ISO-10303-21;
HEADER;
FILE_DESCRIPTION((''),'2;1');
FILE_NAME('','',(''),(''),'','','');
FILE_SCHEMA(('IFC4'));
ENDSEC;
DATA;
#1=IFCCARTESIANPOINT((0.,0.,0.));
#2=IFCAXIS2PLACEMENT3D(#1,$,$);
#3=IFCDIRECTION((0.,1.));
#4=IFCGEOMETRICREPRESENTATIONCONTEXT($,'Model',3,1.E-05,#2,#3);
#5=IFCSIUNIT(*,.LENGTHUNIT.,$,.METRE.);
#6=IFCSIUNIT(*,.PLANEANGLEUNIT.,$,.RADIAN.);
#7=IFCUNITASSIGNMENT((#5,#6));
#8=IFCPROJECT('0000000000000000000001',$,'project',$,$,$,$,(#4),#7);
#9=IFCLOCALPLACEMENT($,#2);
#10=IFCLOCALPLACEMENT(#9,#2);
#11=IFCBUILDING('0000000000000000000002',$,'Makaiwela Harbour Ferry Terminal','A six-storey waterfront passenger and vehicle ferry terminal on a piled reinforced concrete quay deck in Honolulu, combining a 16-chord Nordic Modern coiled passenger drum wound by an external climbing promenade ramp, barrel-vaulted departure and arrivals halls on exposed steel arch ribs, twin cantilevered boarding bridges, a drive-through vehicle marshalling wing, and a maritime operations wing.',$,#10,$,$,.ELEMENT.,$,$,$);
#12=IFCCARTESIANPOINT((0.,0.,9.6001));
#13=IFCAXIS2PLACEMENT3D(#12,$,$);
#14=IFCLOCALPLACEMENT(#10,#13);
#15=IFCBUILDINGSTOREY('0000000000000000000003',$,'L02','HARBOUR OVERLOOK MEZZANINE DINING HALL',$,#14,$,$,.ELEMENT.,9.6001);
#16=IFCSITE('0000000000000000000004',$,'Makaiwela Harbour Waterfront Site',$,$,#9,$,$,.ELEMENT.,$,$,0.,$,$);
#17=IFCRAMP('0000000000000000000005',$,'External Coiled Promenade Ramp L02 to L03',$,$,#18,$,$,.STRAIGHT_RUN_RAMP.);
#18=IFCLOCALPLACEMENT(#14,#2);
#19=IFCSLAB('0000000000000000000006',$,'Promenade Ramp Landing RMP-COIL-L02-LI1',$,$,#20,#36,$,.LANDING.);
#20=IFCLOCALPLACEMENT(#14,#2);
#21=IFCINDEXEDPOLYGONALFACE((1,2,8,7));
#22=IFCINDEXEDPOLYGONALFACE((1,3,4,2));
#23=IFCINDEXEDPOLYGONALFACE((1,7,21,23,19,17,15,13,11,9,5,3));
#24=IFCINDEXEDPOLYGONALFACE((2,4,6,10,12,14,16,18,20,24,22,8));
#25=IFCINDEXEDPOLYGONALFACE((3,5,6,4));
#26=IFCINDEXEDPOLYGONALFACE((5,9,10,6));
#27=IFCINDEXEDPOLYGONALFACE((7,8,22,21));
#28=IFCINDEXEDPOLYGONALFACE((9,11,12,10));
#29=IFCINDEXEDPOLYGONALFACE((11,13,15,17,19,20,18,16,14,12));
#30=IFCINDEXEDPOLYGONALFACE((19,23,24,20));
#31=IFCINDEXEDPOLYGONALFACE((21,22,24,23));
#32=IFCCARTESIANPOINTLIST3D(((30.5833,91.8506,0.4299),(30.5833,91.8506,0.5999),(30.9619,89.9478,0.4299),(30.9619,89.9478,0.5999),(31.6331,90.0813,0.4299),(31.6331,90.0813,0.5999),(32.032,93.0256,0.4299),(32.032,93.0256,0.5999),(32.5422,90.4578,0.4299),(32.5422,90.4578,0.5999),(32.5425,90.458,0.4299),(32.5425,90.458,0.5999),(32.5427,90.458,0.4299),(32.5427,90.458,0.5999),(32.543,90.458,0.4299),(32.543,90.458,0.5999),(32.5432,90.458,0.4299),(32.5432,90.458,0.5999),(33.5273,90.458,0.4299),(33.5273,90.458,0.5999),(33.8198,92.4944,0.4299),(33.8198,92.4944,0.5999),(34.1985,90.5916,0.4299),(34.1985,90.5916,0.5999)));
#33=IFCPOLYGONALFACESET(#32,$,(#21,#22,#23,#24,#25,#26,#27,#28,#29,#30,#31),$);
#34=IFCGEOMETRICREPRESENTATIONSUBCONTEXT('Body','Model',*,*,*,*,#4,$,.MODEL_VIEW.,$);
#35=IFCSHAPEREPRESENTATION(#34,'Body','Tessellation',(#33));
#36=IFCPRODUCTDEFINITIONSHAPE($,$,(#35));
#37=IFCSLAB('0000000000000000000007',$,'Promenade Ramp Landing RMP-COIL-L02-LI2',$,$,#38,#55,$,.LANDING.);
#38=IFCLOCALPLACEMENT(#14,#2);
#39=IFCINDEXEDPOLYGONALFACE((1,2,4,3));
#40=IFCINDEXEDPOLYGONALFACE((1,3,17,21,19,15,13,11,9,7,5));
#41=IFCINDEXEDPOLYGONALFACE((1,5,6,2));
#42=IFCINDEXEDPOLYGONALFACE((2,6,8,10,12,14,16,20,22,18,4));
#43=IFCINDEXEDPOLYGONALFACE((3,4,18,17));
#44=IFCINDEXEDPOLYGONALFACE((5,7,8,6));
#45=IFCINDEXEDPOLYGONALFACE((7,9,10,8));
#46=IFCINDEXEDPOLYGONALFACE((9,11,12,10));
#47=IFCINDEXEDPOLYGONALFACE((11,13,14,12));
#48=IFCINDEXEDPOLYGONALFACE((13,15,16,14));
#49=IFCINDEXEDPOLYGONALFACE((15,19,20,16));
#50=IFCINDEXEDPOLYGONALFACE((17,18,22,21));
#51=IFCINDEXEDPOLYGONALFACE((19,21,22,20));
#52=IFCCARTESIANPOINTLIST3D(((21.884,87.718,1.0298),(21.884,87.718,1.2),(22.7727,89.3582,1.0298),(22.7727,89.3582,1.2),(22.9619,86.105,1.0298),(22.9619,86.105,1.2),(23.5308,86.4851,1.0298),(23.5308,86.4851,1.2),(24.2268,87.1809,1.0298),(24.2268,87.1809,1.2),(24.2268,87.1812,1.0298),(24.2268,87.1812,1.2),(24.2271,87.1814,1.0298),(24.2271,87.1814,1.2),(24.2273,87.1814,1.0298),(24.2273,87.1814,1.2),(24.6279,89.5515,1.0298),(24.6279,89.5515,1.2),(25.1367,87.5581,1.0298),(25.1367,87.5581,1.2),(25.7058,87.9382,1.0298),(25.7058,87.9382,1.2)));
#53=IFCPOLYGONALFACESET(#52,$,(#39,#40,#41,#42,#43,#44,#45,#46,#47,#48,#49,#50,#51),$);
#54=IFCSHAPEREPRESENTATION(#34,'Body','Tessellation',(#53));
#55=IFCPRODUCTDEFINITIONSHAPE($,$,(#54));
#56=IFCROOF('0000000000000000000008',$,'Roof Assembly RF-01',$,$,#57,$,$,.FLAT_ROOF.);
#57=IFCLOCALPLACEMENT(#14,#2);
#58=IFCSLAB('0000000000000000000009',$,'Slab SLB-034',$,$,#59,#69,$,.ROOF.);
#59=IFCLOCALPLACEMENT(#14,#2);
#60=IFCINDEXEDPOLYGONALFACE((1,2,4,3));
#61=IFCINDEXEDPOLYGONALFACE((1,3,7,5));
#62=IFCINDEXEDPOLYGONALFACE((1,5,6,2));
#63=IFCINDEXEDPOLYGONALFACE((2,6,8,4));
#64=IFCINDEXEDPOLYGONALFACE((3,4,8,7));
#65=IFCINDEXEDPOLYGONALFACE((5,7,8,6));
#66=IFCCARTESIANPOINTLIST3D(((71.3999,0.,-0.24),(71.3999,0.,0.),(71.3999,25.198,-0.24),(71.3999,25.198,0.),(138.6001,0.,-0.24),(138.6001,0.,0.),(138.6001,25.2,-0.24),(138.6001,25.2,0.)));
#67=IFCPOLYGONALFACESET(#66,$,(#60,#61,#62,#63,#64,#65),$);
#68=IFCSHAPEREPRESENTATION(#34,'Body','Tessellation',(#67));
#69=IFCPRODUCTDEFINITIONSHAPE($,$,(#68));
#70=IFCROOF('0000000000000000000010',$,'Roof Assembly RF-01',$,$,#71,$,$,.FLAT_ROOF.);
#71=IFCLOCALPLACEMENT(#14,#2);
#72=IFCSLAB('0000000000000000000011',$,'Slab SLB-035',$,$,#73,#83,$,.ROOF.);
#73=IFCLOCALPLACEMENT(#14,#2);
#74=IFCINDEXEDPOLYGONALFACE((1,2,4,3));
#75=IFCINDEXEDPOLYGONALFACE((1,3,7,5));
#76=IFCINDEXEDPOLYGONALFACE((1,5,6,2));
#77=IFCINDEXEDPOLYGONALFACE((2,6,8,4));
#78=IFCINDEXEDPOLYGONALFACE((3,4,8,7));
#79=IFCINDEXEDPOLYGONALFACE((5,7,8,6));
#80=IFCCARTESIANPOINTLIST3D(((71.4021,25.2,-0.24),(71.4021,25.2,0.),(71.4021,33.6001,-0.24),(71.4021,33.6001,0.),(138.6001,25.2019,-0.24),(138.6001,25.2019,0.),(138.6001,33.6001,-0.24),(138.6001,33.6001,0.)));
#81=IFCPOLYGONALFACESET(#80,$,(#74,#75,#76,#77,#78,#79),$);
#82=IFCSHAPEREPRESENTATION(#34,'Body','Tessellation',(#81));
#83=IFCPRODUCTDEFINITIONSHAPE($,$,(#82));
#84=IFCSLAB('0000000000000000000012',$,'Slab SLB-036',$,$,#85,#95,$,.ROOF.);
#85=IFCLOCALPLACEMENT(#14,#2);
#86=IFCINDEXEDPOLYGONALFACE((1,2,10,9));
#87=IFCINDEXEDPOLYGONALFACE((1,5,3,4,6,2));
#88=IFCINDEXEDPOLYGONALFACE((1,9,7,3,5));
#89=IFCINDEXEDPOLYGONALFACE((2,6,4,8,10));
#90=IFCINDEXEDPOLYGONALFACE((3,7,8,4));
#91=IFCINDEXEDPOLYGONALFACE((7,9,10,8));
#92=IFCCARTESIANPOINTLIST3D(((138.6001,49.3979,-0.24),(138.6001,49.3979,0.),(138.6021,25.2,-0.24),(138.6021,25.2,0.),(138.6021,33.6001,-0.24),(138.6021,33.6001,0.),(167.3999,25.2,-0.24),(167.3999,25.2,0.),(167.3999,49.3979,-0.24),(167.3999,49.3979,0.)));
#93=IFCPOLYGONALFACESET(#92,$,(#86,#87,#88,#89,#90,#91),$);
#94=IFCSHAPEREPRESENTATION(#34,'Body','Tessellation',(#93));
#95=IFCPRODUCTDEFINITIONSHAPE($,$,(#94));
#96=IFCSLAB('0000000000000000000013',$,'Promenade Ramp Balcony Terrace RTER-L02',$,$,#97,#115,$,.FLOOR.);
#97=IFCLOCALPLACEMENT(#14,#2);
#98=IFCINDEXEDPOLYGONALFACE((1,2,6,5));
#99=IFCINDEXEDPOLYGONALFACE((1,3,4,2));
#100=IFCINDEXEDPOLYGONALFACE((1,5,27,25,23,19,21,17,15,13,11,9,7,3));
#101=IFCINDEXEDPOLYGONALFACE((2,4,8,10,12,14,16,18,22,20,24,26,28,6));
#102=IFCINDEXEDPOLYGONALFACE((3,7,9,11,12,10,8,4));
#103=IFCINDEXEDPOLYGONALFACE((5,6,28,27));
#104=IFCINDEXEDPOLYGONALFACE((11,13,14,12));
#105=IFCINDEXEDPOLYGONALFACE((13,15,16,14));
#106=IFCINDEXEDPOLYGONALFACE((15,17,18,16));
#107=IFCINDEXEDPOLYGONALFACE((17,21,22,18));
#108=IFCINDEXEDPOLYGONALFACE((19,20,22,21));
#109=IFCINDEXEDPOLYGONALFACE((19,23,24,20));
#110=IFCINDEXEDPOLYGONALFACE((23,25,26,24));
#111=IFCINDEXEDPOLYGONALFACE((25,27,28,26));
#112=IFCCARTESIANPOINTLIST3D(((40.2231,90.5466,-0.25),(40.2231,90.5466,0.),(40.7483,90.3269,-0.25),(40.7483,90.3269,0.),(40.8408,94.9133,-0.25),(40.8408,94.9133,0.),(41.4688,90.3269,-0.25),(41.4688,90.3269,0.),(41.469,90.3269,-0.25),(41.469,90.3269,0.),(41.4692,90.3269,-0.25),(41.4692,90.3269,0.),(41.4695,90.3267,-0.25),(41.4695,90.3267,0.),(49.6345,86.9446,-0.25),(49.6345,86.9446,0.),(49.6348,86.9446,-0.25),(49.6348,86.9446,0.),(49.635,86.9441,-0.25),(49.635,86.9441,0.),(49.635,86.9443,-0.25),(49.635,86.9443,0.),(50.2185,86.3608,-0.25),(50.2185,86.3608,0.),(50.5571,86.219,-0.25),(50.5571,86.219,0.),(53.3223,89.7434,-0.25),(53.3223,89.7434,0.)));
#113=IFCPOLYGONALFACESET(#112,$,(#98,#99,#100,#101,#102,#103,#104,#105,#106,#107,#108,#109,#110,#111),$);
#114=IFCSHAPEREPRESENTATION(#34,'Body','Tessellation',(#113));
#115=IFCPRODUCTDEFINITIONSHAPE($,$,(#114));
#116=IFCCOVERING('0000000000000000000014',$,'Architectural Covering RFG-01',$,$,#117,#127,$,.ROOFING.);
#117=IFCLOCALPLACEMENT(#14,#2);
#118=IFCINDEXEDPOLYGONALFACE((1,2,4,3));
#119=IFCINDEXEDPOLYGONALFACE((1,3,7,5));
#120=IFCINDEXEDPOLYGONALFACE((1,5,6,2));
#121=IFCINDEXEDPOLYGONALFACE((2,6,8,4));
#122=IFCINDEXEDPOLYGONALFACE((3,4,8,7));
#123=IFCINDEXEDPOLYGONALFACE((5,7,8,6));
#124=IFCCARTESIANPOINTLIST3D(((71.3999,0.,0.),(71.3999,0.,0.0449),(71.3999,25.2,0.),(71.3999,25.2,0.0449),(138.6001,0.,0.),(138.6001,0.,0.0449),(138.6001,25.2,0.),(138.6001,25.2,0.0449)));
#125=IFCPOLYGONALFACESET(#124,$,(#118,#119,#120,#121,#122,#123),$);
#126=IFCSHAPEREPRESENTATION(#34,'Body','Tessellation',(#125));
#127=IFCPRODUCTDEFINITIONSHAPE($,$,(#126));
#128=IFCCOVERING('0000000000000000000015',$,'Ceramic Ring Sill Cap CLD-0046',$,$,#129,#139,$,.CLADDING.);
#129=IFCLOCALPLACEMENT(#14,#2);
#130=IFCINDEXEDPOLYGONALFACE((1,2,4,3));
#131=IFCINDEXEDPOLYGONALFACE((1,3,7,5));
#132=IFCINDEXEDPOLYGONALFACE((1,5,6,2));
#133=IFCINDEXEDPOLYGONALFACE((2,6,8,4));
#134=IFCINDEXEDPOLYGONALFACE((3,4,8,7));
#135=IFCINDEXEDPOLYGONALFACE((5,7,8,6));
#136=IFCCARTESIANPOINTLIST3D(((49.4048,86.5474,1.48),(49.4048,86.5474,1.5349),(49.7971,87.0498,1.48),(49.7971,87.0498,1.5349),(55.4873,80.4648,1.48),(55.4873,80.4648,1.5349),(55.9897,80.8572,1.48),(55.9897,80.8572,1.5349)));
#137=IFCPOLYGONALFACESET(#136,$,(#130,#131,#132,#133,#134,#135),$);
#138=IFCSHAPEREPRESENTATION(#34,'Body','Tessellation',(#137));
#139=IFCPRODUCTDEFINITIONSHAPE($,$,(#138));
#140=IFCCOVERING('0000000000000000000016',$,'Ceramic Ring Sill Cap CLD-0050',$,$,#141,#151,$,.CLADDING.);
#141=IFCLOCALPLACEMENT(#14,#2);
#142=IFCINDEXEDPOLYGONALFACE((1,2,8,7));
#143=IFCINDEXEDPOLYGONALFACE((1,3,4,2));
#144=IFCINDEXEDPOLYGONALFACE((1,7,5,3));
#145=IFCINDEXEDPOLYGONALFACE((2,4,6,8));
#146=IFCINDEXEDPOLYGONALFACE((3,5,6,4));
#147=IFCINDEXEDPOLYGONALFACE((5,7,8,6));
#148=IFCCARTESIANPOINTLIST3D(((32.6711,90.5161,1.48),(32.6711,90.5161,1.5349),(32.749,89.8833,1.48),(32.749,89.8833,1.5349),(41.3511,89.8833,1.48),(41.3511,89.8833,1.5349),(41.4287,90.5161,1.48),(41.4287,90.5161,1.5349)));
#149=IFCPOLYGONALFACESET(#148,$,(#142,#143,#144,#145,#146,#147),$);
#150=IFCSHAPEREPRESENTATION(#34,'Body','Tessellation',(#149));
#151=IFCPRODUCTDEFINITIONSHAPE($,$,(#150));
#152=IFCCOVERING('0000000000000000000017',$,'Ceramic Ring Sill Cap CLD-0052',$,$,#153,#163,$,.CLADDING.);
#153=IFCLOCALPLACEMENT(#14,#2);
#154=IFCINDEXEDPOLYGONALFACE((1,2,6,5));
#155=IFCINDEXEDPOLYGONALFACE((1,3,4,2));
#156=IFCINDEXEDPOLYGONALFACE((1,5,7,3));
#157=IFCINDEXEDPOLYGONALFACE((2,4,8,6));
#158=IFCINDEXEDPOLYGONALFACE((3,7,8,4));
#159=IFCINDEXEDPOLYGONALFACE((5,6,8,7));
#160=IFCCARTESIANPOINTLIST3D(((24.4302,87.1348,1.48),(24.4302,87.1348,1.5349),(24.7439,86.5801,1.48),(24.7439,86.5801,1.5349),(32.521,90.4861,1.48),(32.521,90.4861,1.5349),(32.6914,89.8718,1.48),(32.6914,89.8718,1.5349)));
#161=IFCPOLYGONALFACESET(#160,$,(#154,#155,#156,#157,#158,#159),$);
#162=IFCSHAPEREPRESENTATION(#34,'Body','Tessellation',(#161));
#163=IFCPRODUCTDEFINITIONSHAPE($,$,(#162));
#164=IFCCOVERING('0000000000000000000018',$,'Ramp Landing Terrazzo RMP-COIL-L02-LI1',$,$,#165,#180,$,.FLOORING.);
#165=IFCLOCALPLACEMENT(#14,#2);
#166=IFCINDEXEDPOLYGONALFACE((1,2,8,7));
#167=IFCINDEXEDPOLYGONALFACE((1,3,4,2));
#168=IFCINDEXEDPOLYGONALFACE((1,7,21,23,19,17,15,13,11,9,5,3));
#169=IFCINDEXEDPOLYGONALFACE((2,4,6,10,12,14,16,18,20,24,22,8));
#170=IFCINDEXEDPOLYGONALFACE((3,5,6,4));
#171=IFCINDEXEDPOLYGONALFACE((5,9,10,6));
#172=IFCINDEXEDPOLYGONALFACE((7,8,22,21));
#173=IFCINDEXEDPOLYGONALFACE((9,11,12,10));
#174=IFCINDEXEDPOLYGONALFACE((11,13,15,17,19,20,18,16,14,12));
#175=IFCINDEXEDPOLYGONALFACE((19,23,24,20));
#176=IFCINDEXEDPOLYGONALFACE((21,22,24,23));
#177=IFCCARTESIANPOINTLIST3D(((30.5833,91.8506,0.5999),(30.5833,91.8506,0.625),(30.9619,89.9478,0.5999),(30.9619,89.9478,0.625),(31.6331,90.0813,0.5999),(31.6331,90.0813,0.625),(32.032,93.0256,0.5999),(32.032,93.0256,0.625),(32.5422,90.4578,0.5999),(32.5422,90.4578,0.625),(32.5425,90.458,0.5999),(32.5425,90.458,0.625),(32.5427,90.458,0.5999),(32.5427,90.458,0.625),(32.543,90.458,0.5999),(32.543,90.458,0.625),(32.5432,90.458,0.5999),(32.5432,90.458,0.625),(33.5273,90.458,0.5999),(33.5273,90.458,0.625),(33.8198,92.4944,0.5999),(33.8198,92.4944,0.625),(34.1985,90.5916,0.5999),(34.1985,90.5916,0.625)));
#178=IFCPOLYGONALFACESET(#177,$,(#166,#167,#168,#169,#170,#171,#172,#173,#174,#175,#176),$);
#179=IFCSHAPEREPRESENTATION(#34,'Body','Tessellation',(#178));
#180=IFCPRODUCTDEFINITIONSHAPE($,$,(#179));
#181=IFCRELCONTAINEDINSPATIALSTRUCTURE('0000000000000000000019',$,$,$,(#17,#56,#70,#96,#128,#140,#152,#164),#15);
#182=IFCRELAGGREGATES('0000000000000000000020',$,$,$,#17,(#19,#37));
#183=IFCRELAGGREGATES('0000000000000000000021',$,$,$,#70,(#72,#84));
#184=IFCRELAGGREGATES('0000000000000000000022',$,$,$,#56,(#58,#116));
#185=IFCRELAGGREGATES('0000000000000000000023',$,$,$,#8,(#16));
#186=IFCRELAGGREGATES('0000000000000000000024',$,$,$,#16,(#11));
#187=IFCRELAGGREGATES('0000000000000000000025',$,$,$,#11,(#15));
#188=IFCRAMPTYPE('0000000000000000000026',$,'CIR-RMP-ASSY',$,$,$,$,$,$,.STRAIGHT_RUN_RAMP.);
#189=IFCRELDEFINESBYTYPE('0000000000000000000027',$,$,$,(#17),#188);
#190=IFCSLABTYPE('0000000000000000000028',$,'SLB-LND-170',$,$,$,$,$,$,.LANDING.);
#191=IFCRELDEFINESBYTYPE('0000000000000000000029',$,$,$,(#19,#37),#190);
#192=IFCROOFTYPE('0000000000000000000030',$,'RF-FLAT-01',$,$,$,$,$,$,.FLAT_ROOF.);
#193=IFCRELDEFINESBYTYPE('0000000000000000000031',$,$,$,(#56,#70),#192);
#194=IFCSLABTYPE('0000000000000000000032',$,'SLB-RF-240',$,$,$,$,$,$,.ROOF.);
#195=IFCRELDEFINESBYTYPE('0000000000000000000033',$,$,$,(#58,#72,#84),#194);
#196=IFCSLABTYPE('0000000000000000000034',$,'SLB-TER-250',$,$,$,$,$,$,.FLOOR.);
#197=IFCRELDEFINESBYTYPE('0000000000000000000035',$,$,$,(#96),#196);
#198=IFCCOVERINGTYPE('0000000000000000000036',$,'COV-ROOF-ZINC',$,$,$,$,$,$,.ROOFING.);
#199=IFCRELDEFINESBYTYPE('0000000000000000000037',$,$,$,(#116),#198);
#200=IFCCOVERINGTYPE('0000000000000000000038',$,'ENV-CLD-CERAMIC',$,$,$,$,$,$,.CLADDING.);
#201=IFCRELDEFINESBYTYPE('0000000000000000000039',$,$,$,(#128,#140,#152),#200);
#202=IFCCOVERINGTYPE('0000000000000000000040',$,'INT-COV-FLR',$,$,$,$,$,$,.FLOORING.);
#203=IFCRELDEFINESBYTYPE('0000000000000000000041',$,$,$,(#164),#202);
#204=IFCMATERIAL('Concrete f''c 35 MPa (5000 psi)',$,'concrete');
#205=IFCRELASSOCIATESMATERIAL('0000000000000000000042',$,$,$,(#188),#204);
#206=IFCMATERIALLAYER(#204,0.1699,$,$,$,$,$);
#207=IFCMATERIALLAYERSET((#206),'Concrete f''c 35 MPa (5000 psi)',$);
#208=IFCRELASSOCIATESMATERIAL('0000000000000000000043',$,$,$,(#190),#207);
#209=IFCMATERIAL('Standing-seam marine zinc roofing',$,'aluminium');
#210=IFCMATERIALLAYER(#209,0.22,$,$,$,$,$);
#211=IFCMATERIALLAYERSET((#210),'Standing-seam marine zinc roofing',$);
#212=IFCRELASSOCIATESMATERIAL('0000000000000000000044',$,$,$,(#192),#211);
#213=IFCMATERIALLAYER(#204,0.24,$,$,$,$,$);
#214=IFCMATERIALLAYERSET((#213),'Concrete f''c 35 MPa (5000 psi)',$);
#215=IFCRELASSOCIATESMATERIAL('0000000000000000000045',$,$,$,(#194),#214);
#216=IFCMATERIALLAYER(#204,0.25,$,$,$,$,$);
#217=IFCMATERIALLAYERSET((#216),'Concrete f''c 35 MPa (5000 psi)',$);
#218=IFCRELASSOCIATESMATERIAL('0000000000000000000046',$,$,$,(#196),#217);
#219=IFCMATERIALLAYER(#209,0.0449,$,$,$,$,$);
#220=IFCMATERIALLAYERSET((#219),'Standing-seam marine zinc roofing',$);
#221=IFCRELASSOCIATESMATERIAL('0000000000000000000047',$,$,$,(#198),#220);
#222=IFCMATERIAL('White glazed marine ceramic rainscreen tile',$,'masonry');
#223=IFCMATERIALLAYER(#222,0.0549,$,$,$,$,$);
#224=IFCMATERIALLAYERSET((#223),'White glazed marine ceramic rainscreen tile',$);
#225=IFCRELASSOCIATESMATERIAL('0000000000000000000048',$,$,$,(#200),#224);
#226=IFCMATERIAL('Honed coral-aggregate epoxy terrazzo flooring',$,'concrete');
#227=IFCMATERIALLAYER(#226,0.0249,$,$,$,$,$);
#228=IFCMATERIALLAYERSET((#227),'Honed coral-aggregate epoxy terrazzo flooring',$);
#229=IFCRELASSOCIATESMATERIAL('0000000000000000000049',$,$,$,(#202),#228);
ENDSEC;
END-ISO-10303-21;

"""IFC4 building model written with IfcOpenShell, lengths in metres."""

from ifc_helpers import new_model, si_unit, direction, frame, origin, place, context, subcontext, project, spatial, polyline, outline, extrude, material, layer, layer_set, type_object, element, aggregate, save


model = new_model("IFC4")

# Units and contexts
model_context = context("Model", 3, precision=1e-05, world=origin(), true_north=direction((0.0, 1.0)))
body_context = subcontext(model_context, "Body", "Model", "MODEL_VIEW")
ifc_project = project(units=[si_unit("LENGTHUNIT", "METRE"), si_unit("PLANEANGLEUNIT", "RADIAN")], contexts=[model_context])

# Site, building, storey
site_placement = place(None, origin())
site = spatial("IfcSite", under=ifc_project, at=site_placement, Name="Makaiwela Harbour Waterfront Site", CompositionType="ELEMENT", RefElevation=0.0)
building_placement = place(site_placement, origin())
building = spatial("IfcBuilding", under=site, at=building_placement, Name="Makaiwela Harbour Ferry Terminal", Description="A six-storey waterfront passenger and vehicle ferry terminal on a piled reinforced concrete quay deck in Honolulu, combining a 16-chord Nordic Modern coiled passenger drum wound by an external climbing promenade ramp, barrel-vaulted departure and arrivals halls on exposed steel arch ribs, twin cantilevered boarding bridges, a drive-through vehicle marshalling wing, and a maritime operations wing.", CompositionType="ELEMENT")
storey_placement = place(building_placement, frame((0.0, 0.0, 9.6001)))
storey = spatial("IfcBuildingStorey", under=building, at=storey_placement, Name="L02", Description="HARBOUR OVERLOOK MEZZANINE DINING HALL", CompositionType="ELEMENT", Elevation=9.6001)

# Shared definitions
ifc_material_1 = material(Name="Concrete f'c 35 MPa (5000 psi)", Category="concrete")

# Ramp, slabs
ramp_type = type_object("IfcRampType", Name="CIR-RMP-ASSY", PredefinedType="STRAIGHT_RUN_RAMP", material=ifc_material_1)
ramp_placement = place(storey_placement, origin())
ramp = element("IfcRamp", 1, at=ramp_placement, inside=storey, type_object=ramp_type, Name="External Coiled Promenade Ramp L02 to L03", PredefinedType="STRAIGHT_RUN_RAMP")
ifc_layer_1 = layer(ifc_material_1, 0.1699)
ifc_layer_set_1 = layer_set([ifc_layer_1], Name="Concrete f'c 35 MPa (5000 psi)")
slab_type_1 = type_object("IfcSlabType", Name="SLB-LND-170", PredefinedType="LANDING", material=ifc_layer_set_1)
slab_1_placement = place(storey_placement, frame((0.0, 0.0, 0.4299)))
slab_1 = element("IfcSlab", 2, at=slab_1_placement, type_object=slab_type_1, Name="Promenade Ramp Landing RMP-COIL-L02-LI1", PredefinedType="LANDING", context=body_context, shape_type="SweptSolid", body=[
    extrude(outline(polyline([(31.6331, 90.0813), (32.5422, 90.4578), (32.5425, 90.458), (32.5427, 90.458), (32.543, 90.458), (32.5432, 90.458), (33.5273, 90.458), (34.1985, 90.5916), (33.8198, 92.4944), (32.032, 93.0256), (30.5833, 91.8506), (30.9619, 89.9478), (31.6331, 90.0813)])), origin(), (0.0, 0.0, 1.0), 0.1699),
])
slab_2_placement = place(storey_placement, frame((0.0, 0.0, 1.0298)))
slab_2 = element("IfcSlab", 3, at=slab_2_placement, type_object=slab_type_1, Name="Promenade Ramp Landing RMP-COIL-L02-LI2", PredefinedType="LANDING", context=body_context, shape_type="SweptSolid", body=[
    extrude(outline(polyline([(23.5308, 86.4851), (24.2268, 87.1809), (24.2268, 87.1812), (24.2271, 87.1814), (24.2273, 87.1814), (24.2273, 87.1814), (25.1367, 87.5581), (25.7058, 87.9382), (24.6279, 89.5515), (22.7727, 89.3582), (21.884, 87.718), (22.9619, 86.105), (23.5308, 86.4851)])), origin(), (0.0, 0.0, 1.0), 0.1702),
])
aggregate(ramp, [slab_1, slab_2])

# Roof, slab
ifc_material_2 = material(Name="Standing-seam marine zinc roofing", Category="aluminium")
ifc_layer_2 = layer(ifc_material_2, 0.22)
ifc_layer_set_2 = layer_set([ifc_layer_2], Name="Standing-seam marine zinc roofing")
roof_type = type_object("IfcRoofType", Name="RF-FLAT-01", PredefinedType="FLAT_ROOF", material=ifc_layer_set_2)
roof_1_placement = place(storey_placement, origin())
roof_1 = element("IfcRoof", 4, at=roof_1_placement, inside=storey, type_object=roof_type, Name="Roof Assembly RF-01", PredefinedType="FLAT_ROOF")
ifc_layer_3 = layer(ifc_material_1, 0.24)
ifc_layer_set_3 = layer_set([ifc_layer_3], Name="Concrete f'c 35 MPa (5000 psi)")
slab_type_2 = type_object("IfcSlabType", Name="SLB-RF-240", PredefinedType="ROOF", material=ifc_layer_set_3)
slab_3_placement = place(storey_placement, frame((0.0, 0.0, -0.24)))
slab_3 = element("IfcSlab", 5, at=slab_3_placement, type_object=slab_type_2, Name="Slab SLB-034", PredefinedType="ROOF", context=body_context, shape_type="SweptSolid", body=[
    extrude(outline(polyline([(71.3999, 25.198), (71.3999, 0.0), (138.6001, 0.0), (138.6001, 25.2), (71.3999, 25.198)])), origin(), (0.0, 0.0, 1.0), 0.24),
])

# Roof, slabs
roof_2_placement = place(storey_placement, origin())
roof_2 = element("IfcRoof", 6, at=roof_2_placement, inside=storey, type_object=roof_type, Name="Roof Assembly RF-01", PredefinedType="FLAT_ROOF")
slab_4_placement = place(storey_placement, frame((0.0, 0.0, -0.24)))
slab_4 = element("IfcSlab", 7, at=slab_4_placement, type_object=slab_type_2, Name="Slab SLB-035", PredefinedType="ROOF", context=body_context, shape_type="SweptSolid", body=[
    extrude(outline(polyline([(71.4021, 33.6001), (71.4021, 25.2), (138.6001, 25.2019), (138.6001, 33.6001), (71.4021, 33.6001)])), origin(), (0.0, 0.0, 1.0), 0.24),
])
slab_5_placement = place(storey_placement, frame((0.0, 0.0, -0.24)))
slab_5 = element("IfcSlab", 8, at=slab_5_placement, type_object=slab_type_2, Name="Slab SLB-036", PredefinedType="ROOF", context=body_context, shape_type="SweptSolid", body=[
    extrude(outline(polyline([(167.3999, 49.3979), (138.6001, 49.3979), (138.6021, 33.6001), (138.6021, 25.2), (167.3999, 25.2), (167.3999, 49.3979)])), origin(), (0.0, 0.0, 1.0), 0.24),
])
aggregate(roof_2, [slab_4, slab_5])

# Slab
ifc_layer_4 = layer(ifc_material_1, 0.25)
ifc_layer_set_4 = layer_set([ifc_layer_4], Name="Concrete f'c 35 MPa (5000 psi)")
slab_type_3 = type_object("IfcSlabType", Name="SLB-TER-250", PredefinedType="FLOOR", material=ifc_layer_set_4)
slab_6_placement = place(storey_placement, frame((0.0, 0.0, -0.25)))
element("IfcSlab", 9, at=slab_6_placement, inside=storey, type_object=slab_type_3, Name="Promenade Ramp Balcony Terrace RTER-L02", PredefinedType="FLOOR", context=body_context, shape_type="SweptSolid", body=[
    extrude(outline(polyline([(40.7483, 90.3269), (41.4688, 90.3269), (41.469, 90.3269), (41.4692, 90.3269), (41.4695, 90.3267), (41.4695, 90.3267), (49.6345, 86.9446), (49.6345, 86.9446), (49.6348, 86.9446), (49.635, 86.9443), (49.635, 86.9441), (50.2185, 86.3608), (50.5571, 86.219), (53.3223, 89.7434), (40.8408, 94.9133), (40.2231, 90.5466), (40.7483, 90.3269)])), origin(), (0.0, 0.0, 1.0), 0.25),
])

# Covering
ifc_layer_5 = layer(ifc_material_2, 0.0449)
ifc_layer_set_5 = layer_set([ifc_layer_5], Name="Standing-seam marine zinc roofing")
covering_type_1 = type_object("IfcCoveringType", Name="COV-ROOF-ZINC", PredefinedType="ROOFING", material=ifc_layer_set_5)
covering_1_placement = place(storey_placement, origin())
covering_1 = element("IfcCovering", 10, at=covering_1_placement, type_object=covering_type_1, Name="Architectural Covering RFG-01", PredefinedType="ROOFING", context=body_context, shape_type="SweptSolid", body=[
    extrude(outline(polyline([(71.3999, 0.0), (138.6001, 0.0), (138.6001, 25.2), (71.3999, 25.2), (71.3999, 0.0)])), origin(), (0.0, 0.0, 1.0), 0.0449),
])
aggregate(roof_1, [slab_3, covering_1])

# Coverings
ifc_material_3 = material(Name="White glazed marine ceramic rainscreen tile", Category="masonry")
ifc_layer_6 = layer(ifc_material_3, 0.0549)
ifc_layer_set_6 = layer_set([ifc_layer_6], Name="White glazed marine ceramic rainscreen tile")
covering_type_2 = type_object("IfcCoveringType", Name="ENV-CLD-CERAMIC", PredefinedType="CLADDING", material=ifc_layer_set_6)
covering_2_placement = place(storey_placement, frame((0.0, 0.0, 1.48)))
element("IfcCovering", 11, at=covering_2_placement, inside=storey, type_object=covering_type_2, Name="Ceramic Ring Sill Cap CLD-0046", PredefinedType="CLADDING", context=body_context, shape_type="SweptSolid", body=[
    extrude(outline(polyline([(55.9897, 80.8572), (49.7971, 87.0498), (49.4048, 86.5474), (55.4873, 80.4648), (55.9897, 80.8572)])), origin(), (0.0, 0.0, 1.0), 0.0549),
])
covering_3_placement = place(storey_placement, frame((0.0, 0.0, 1.48)))
element("IfcCovering", 12, at=covering_3_placement, inside=storey, type_object=covering_type_2, Name="Ceramic Ring Sill Cap CLD-0050", PredefinedType="CLADDING", context=body_context, shape_type="SweptSolid", body=[
    extrude(outline(polyline([(41.4287, 90.5161), (32.6711, 90.5161), (32.749, 89.8833), (41.3511, 89.8833), (41.4287, 90.5161)])), origin(), (0.0, 0.0, 1.0), 0.0549),
])
covering_4_placement = place(storey_placement, frame((0.0, 0.0, 1.48)))
element("IfcCovering", 13, at=covering_4_placement, inside=storey, type_object=covering_type_2, Name="Ceramic Ring Sill Cap CLD-0052", PredefinedType="CLADDING", context=body_context, shape_type="SweptSolid", body=[
    extrude(outline(polyline([(32.521, 90.4861), (24.4302, 87.1348), (24.7439, 86.5801), (32.6914, 89.8718), (32.521, 90.4861)])), origin(), (0.0, 0.0, 1.0), 0.0549),
])
ifc_material_4 = material(Name="Honed coral-aggregate epoxy terrazzo flooring", Category="concrete")
ifc_layer_7 = layer(ifc_material_4, 0.0249)
ifc_layer_set_7 = layer_set([ifc_layer_7], Name="Honed coral-aggregate epoxy terrazzo flooring")
covering_type_3 = type_object("IfcCoveringType", Name="INT-COV-FLR", PredefinedType="FLOORING", material=ifc_layer_set_7)
covering_5_placement = place(storey_placement, frame((0.0, 0.0, 0.5999)))
element("IfcCovering", 14, at=covering_5_placement, inside=storey, type_object=covering_type_3, Name="Ramp Landing Terrazzo RMP-COIL-L02-LI1", PredefinedType="FLOORING", context=body_context, shape_type="SweptSolid", body=[
    extrude(outline(polyline([(31.6331, 90.0813), (32.5422, 90.4578), (32.5425, 90.458), (32.5427, 90.458), (32.543, 90.458), (32.5432, 90.458), (33.5273, 90.458), (34.1985, 90.5916), (33.8198, 92.4944), (32.032, 93.0256), (30.5833, 91.8506), (30.9619, 89.9478), (31.6331, 90.0813)])), origin(), (0.0, 0.0, 1.0), 0.0251),
])

save(model, "model.ifc")
